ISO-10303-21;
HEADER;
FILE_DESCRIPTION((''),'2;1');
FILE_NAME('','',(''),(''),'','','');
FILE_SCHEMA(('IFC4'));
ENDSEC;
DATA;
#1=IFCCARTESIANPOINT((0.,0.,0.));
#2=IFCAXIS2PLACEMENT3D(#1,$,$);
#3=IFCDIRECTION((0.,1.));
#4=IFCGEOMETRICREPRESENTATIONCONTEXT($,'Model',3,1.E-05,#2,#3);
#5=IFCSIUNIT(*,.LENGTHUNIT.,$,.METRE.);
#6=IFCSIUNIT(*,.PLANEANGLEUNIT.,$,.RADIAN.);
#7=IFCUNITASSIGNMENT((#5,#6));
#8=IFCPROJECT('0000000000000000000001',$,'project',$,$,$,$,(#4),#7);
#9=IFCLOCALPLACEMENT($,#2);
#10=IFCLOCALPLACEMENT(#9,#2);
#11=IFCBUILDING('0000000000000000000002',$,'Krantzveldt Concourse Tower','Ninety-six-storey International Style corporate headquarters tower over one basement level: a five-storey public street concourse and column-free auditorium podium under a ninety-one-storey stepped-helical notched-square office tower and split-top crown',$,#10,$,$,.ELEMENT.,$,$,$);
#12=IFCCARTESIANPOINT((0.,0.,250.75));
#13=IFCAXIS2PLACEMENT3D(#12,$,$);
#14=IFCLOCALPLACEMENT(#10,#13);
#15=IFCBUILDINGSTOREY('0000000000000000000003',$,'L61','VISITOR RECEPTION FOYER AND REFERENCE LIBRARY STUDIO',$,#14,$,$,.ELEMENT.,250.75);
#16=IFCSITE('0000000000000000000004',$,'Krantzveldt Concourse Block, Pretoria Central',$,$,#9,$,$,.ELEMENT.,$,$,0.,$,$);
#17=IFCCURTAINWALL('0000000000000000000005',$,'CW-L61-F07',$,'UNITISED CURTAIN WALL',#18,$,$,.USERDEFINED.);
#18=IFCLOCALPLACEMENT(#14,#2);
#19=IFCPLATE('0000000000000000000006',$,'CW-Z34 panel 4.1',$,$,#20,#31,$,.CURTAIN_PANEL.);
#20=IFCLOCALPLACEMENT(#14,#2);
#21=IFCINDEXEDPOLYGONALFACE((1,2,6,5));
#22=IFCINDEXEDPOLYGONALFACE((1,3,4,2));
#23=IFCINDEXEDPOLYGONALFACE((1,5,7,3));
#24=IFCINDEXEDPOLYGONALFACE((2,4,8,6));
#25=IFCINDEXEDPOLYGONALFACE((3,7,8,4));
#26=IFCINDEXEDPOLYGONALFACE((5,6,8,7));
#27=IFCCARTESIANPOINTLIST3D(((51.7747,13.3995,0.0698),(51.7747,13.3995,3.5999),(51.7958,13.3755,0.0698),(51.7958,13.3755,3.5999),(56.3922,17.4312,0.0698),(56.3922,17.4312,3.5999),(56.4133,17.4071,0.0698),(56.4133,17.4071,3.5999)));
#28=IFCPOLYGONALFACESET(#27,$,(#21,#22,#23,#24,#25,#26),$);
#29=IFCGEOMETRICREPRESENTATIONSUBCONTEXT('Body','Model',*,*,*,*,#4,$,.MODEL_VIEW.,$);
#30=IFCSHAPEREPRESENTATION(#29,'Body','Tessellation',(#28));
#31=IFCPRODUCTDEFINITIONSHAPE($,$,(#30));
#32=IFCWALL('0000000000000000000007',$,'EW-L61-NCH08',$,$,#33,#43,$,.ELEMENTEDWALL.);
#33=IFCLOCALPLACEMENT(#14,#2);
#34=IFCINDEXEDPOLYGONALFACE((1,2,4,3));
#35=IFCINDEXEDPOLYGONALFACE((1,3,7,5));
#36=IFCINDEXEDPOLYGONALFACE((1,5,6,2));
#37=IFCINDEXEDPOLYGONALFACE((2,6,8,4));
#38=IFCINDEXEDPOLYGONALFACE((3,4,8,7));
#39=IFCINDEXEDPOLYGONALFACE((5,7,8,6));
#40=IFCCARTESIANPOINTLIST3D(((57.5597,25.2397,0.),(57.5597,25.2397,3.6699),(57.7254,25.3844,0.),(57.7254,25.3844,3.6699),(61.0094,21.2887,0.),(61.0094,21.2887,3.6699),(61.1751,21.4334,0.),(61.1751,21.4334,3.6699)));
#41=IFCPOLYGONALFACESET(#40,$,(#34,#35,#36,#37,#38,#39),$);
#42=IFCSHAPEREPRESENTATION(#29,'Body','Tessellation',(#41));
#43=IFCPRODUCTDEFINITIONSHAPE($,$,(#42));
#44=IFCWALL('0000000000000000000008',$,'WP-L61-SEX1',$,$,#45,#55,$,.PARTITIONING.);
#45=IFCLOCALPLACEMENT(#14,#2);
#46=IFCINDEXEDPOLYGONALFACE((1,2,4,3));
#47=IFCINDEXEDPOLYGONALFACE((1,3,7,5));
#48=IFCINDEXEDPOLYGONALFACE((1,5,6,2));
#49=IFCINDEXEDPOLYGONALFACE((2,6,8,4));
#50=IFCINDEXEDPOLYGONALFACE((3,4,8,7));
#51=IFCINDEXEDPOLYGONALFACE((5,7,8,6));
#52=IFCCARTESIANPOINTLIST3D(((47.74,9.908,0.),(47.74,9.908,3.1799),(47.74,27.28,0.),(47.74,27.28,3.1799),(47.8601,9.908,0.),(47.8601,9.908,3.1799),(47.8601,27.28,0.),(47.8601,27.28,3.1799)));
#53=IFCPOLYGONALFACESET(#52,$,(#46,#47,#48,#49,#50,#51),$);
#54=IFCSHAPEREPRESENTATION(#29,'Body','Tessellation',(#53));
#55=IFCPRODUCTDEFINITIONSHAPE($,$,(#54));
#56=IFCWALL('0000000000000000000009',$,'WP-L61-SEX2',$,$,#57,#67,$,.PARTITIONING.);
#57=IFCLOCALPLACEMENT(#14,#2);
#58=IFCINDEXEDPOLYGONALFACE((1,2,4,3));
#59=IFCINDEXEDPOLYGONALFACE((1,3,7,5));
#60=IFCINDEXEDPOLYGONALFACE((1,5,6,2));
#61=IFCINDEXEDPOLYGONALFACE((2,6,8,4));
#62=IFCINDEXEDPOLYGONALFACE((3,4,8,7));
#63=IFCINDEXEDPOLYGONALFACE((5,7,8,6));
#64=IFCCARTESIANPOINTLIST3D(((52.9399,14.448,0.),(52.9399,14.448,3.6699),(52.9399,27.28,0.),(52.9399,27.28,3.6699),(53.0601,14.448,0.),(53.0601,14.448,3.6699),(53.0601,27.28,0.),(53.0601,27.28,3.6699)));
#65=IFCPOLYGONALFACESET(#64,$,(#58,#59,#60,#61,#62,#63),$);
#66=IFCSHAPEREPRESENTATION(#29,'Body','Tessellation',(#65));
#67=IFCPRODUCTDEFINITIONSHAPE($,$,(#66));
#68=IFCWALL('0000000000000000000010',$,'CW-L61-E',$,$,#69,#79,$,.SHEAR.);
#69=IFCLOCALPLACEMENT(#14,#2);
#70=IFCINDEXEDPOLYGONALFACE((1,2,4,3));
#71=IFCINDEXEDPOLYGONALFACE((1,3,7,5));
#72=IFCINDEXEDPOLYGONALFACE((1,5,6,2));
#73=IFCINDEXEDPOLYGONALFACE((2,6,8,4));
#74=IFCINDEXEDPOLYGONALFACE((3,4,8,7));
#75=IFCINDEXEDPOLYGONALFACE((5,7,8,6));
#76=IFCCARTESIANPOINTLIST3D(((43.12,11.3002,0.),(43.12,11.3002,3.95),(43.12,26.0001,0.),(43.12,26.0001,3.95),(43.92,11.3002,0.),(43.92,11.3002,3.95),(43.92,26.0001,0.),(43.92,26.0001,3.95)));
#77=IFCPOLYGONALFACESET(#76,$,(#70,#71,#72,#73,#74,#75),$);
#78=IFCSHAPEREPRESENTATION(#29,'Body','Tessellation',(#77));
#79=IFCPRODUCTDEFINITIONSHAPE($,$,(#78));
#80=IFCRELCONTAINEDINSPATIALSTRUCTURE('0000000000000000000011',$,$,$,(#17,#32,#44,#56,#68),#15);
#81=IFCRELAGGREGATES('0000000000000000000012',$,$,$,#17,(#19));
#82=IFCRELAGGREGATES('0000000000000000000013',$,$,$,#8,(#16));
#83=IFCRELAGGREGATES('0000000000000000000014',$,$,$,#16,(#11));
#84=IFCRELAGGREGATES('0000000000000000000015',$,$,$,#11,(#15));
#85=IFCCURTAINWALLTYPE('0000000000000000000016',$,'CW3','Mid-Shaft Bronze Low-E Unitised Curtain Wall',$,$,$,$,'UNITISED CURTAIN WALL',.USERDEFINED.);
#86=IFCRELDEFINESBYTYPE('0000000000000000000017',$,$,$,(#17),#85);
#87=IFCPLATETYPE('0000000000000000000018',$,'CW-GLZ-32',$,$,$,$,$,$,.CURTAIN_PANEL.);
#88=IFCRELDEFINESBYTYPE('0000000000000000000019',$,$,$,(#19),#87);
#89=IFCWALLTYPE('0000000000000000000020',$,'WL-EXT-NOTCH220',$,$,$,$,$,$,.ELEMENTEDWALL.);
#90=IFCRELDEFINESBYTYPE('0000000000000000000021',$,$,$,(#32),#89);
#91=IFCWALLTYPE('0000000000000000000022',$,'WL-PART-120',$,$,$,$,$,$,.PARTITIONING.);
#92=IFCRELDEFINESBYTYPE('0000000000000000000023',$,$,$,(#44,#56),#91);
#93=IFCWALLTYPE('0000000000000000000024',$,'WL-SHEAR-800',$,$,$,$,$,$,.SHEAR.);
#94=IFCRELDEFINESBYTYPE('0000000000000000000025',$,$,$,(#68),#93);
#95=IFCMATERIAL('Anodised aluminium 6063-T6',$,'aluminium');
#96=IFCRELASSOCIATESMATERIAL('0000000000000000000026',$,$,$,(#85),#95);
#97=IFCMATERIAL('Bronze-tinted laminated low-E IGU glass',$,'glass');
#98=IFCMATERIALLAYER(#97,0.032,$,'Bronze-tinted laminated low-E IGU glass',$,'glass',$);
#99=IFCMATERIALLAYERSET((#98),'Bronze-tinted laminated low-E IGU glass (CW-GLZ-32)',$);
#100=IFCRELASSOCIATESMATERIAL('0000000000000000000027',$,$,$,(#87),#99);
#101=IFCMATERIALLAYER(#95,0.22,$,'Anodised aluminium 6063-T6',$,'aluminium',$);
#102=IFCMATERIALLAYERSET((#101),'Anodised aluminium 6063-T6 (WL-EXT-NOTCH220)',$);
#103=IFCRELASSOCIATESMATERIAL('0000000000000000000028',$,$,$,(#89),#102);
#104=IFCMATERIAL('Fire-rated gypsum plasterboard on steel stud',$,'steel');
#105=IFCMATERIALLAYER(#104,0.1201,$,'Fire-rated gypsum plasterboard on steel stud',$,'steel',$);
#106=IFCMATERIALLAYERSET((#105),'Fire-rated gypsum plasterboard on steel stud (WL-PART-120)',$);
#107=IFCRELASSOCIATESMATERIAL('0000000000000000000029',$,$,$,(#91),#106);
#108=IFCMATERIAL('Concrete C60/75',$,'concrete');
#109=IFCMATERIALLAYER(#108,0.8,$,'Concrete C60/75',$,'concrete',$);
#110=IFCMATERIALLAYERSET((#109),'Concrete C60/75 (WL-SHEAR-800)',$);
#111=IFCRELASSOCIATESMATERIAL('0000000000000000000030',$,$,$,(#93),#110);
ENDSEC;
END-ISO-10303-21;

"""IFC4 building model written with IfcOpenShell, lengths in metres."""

from ifc_helpers import new_model, si_unit, direction, frame, frame_2d, origin, origin_2d, place, context, subcontext, project, spatial, rectangle, extrude, source, transform, mapped, material, layer, layer_set, type_object, element, aggregate, save


model = new_model("IFC4")

# Units and contexts
model_context = context("Model", 3, precision=1e-05, world=origin(), true_north=direction((0.0, 1.0)))
body_context = subcontext(model_context, "Body", "Model", "MODEL_VIEW")
ifc_project = project(units=[si_unit("LENGTHUNIT", "METRE"), si_unit("PLANEANGLEUNIT", "RADIAN")], contexts=[model_context])

# Site, building, storey
site_placement = place(None, origin())
site = spatial("IfcSite", under=ifc_project, at=site_placement, Name="Krantzveldt Concourse Block, Pretoria Central", CompositionType="ELEMENT", RefElevation=0.0)
building_placement = place(site_placement, origin())
building = spatial("IfcBuilding", under=site, at=building_placement, Name="Krantzveldt Concourse Tower", Description="Ninety-six-storey International Style corporate headquarters tower over one basement level: a five-storey public street concourse and column-free auditorium podium under a ninety-one-storey stepped-helical notched-square office tower and split-top crown", CompositionType="ELEMENT")
storey_placement = place(building_placement, frame((0.0, 0.0, 250.75)))
storey = spatial("IfcBuildingStorey", under=building, at=storey_placement, Name="L61", Description="VISITOR RECEPTION FOYER AND REFERENCE LIBRARY STUDIO", CompositionType="ELEMENT", Elevation=250.75)

# Curtain wall, plate
ifc_material_1 = material(Name="Anodised aluminium 6063-T6", Category="aluminium")
curtain_wall_type = type_object("IfcCurtainWallType", Name="CW3", Description="Mid-Shaft Bronze Low-E Unitised Curtain Wall", ElementType="UNITISED CURTAIN WALL", PredefinedType="USERDEFINED", material=ifc_material_1)
curtain_wall_placement = place(storey_placement, origin())
curtain_wall = element("IfcCurtainWall", 1, at=curtain_wall_placement, inside=storey, type_object=curtain_wall_type, Name="CW-L61-F07", ObjectType="UNITISED CURTAIN WALL", PredefinedType="USERDEFINED")
ifc_material_2 = material(Name="Bronze-tinted laminated low-E IGU glass", Category="glass")
ifc_layer_1 = layer(ifc_material_2, 0.032, Name="Bronze-tinted laminated low-E IGU glass", Category="glass")
ifc_layer_set_1 = layer_set([ifc_layer_1], Name="Bronze-tinted laminated low-E IGU glass (CW-GLZ-32)")
plate_type = type_object("IfcPlateType", Name="CW-GLZ-32", PredefinedType="CURTAIN_PANEL", material=ifc_layer_set_1)
shared_shape_1 = source(origin(), body_context, "Body", "SweptSolid", [
    extrude(rectangle(XDim=6.1299, YDim=0.032, at=origin_2d()), origin(), (0.0, 0.0, 1.0), 3.53),
])
plate_1_placement = place(storey_placement, frame((54.094, 15.4033, 0.0698), z_axis=(0.0, 0.0, 1.0), x_axis=(0.753277, 0.657704, 0.0)))
plate_1 = element("IfcPlate", 2, at=plate_1_placement, type_object=plate_type, Name="CW-Z34 panel 4.1", PredefinedType="CURTAIN_PANEL", context=body_context, shape_type="MappedRepresentation", body=[
    mapped(shared_shape_1, transform((0.0, 0.0, 0.0), x_axis=(1.0, 0.0, 0.0), y_axis=(0.0, 1.0, 0.0), z_axis=(0.0, 0.0, 1.0), scale=1.0)),
])
aggregate(curtain_wall, [plate_1])

# Walls
ifc_layer_2 = layer(ifc_material_1, 0.22, Name="Anodised aluminium 6063-T6", Category="aluminium")
ifc_layer_set_2 = layer_set([ifc_layer_2], Name="Anodised aluminium 6063-T6 (WL-EXT-NOTCH220)")
wall_type_1 = type_object("IfcWallType", Name="WL-EXT-NOTCH220", PredefinedType="ELEMENTEDWALL", material=ifc_layer_set_2)
wall_1_placement = place(storey_placement, frame((61.0923, 21.3611, 0.0), z_axis=(0.0, 0.0, 1.0), x_axis=(-0.65771, 0.753271, 0.0)))
element("IfcWall", 3, at=wall_1_placement, inside=storey, type_object=wall_type_1, Name="EW-L61-NCH08", PredefinedType="ELEMENTEDWALL", context=body_context, shape_type="SweptSolid", body=[
    extrude(rectangle(XDim=5.2451, YDim=0.22, at=frame_2d((2.6226, 0.0))), origin(), (0.0, 0.0, 1.0), 3.6699),
])
ifc_material_3 = material(Name="Fire-rated gypsum plasterboard on steel stud", Category="steel")
ifc_layer_3 = layer(ifc_material_3, 0.1201, Name="Fire-rated gypsum plasterboard on steel stud", Category="steel")
ifc_layer_set_3 = layer_set([ifc_layer_3], Name="Fire-rated gypsum plasterboard on steel stud (WL-PART-120)")
wall_type_2 = type_object("IfcWallType", Name="WL-PART-120", PredefinedType="PARTITIONING", material=ifc_layer_set_3)
wall_2_placement = place(storey_placement, frame((47.8, 9.908, 0.0), z_axis=(0.0, 0.0, 1.0), x_axis=(0.0, 1.0, 0.0)))
element("IfcWall", 4, at=wall_2_placement, inside=storey, type_object=wall_type_2, Name="WP-L61-SEX1", PredefinedType="PARTITIONING", context=body_context, shape_type="SweptSolid", body=[
    extrude(rectangle(XDim=17.3721, YDim=0.1201, at=frame_2d((8.686, 0.0))), origin(), (0.0, 0.0, 1.0), 3.1799),
])
wall_3_placement = place(storey_placement, frame((53.0, 14.448, 0.0), z_axis=(0.0, 0.0, 1.0), x_axis=(0.0, 1.0, 0.0)))
element("IfcWall", 5, at=wall_3_placement, inside=storey, type_object=wall_type_2, Name="WP-L61-SEX2", PredefinedType="PARTITIONING", context=body_context, shape_type="SweptSolid", body=[
    extrude(rectangle(XDim=12.832, YDim=0.1201, at=frame_2d((6.416, 0.0))), origin(), (0.0, 0.0, 1.0), 3.6699),
])
ifc_material_4 = material(Name="Concrete C60/75", Category="concrete")
ifc_layer_4 = layer(ifc_material_4, 0.8, Name="Concrete C60/75", Category="concrete")
ifc_layer_set_4 = layer_set([ifc_layer_4], Name="Concrete C60/75 (WL-SHEAR-800)")
wall_type_3 = type_object("IfcWallType", Name="WL-SHEAR-800", PredefinedType="SHEAR", material=ifc_layer_set_4)
wall_4_placement = place(storey_placement, frame((43.52, 11.3, 0.0), z_axis=(0.0, 0.0, 1.0), x_axis=(0.0, 1.0, 0.0)))
element("IfcWall", 6, at=wall_4_placement, inside=storey, type_object=wall_type_3, Name="CW-L61-E", PredefinedType="SHEAR", context=body_context, shape_type="SweptSolid", body=[
    extrude(rectangle(XDim=14.7, YDim=0.8, at=frame_2d((7.3501, 0.0))), origin(), (0.0, 0.0, 1.0), 3.95),
])

save(model, "model.ifc")
